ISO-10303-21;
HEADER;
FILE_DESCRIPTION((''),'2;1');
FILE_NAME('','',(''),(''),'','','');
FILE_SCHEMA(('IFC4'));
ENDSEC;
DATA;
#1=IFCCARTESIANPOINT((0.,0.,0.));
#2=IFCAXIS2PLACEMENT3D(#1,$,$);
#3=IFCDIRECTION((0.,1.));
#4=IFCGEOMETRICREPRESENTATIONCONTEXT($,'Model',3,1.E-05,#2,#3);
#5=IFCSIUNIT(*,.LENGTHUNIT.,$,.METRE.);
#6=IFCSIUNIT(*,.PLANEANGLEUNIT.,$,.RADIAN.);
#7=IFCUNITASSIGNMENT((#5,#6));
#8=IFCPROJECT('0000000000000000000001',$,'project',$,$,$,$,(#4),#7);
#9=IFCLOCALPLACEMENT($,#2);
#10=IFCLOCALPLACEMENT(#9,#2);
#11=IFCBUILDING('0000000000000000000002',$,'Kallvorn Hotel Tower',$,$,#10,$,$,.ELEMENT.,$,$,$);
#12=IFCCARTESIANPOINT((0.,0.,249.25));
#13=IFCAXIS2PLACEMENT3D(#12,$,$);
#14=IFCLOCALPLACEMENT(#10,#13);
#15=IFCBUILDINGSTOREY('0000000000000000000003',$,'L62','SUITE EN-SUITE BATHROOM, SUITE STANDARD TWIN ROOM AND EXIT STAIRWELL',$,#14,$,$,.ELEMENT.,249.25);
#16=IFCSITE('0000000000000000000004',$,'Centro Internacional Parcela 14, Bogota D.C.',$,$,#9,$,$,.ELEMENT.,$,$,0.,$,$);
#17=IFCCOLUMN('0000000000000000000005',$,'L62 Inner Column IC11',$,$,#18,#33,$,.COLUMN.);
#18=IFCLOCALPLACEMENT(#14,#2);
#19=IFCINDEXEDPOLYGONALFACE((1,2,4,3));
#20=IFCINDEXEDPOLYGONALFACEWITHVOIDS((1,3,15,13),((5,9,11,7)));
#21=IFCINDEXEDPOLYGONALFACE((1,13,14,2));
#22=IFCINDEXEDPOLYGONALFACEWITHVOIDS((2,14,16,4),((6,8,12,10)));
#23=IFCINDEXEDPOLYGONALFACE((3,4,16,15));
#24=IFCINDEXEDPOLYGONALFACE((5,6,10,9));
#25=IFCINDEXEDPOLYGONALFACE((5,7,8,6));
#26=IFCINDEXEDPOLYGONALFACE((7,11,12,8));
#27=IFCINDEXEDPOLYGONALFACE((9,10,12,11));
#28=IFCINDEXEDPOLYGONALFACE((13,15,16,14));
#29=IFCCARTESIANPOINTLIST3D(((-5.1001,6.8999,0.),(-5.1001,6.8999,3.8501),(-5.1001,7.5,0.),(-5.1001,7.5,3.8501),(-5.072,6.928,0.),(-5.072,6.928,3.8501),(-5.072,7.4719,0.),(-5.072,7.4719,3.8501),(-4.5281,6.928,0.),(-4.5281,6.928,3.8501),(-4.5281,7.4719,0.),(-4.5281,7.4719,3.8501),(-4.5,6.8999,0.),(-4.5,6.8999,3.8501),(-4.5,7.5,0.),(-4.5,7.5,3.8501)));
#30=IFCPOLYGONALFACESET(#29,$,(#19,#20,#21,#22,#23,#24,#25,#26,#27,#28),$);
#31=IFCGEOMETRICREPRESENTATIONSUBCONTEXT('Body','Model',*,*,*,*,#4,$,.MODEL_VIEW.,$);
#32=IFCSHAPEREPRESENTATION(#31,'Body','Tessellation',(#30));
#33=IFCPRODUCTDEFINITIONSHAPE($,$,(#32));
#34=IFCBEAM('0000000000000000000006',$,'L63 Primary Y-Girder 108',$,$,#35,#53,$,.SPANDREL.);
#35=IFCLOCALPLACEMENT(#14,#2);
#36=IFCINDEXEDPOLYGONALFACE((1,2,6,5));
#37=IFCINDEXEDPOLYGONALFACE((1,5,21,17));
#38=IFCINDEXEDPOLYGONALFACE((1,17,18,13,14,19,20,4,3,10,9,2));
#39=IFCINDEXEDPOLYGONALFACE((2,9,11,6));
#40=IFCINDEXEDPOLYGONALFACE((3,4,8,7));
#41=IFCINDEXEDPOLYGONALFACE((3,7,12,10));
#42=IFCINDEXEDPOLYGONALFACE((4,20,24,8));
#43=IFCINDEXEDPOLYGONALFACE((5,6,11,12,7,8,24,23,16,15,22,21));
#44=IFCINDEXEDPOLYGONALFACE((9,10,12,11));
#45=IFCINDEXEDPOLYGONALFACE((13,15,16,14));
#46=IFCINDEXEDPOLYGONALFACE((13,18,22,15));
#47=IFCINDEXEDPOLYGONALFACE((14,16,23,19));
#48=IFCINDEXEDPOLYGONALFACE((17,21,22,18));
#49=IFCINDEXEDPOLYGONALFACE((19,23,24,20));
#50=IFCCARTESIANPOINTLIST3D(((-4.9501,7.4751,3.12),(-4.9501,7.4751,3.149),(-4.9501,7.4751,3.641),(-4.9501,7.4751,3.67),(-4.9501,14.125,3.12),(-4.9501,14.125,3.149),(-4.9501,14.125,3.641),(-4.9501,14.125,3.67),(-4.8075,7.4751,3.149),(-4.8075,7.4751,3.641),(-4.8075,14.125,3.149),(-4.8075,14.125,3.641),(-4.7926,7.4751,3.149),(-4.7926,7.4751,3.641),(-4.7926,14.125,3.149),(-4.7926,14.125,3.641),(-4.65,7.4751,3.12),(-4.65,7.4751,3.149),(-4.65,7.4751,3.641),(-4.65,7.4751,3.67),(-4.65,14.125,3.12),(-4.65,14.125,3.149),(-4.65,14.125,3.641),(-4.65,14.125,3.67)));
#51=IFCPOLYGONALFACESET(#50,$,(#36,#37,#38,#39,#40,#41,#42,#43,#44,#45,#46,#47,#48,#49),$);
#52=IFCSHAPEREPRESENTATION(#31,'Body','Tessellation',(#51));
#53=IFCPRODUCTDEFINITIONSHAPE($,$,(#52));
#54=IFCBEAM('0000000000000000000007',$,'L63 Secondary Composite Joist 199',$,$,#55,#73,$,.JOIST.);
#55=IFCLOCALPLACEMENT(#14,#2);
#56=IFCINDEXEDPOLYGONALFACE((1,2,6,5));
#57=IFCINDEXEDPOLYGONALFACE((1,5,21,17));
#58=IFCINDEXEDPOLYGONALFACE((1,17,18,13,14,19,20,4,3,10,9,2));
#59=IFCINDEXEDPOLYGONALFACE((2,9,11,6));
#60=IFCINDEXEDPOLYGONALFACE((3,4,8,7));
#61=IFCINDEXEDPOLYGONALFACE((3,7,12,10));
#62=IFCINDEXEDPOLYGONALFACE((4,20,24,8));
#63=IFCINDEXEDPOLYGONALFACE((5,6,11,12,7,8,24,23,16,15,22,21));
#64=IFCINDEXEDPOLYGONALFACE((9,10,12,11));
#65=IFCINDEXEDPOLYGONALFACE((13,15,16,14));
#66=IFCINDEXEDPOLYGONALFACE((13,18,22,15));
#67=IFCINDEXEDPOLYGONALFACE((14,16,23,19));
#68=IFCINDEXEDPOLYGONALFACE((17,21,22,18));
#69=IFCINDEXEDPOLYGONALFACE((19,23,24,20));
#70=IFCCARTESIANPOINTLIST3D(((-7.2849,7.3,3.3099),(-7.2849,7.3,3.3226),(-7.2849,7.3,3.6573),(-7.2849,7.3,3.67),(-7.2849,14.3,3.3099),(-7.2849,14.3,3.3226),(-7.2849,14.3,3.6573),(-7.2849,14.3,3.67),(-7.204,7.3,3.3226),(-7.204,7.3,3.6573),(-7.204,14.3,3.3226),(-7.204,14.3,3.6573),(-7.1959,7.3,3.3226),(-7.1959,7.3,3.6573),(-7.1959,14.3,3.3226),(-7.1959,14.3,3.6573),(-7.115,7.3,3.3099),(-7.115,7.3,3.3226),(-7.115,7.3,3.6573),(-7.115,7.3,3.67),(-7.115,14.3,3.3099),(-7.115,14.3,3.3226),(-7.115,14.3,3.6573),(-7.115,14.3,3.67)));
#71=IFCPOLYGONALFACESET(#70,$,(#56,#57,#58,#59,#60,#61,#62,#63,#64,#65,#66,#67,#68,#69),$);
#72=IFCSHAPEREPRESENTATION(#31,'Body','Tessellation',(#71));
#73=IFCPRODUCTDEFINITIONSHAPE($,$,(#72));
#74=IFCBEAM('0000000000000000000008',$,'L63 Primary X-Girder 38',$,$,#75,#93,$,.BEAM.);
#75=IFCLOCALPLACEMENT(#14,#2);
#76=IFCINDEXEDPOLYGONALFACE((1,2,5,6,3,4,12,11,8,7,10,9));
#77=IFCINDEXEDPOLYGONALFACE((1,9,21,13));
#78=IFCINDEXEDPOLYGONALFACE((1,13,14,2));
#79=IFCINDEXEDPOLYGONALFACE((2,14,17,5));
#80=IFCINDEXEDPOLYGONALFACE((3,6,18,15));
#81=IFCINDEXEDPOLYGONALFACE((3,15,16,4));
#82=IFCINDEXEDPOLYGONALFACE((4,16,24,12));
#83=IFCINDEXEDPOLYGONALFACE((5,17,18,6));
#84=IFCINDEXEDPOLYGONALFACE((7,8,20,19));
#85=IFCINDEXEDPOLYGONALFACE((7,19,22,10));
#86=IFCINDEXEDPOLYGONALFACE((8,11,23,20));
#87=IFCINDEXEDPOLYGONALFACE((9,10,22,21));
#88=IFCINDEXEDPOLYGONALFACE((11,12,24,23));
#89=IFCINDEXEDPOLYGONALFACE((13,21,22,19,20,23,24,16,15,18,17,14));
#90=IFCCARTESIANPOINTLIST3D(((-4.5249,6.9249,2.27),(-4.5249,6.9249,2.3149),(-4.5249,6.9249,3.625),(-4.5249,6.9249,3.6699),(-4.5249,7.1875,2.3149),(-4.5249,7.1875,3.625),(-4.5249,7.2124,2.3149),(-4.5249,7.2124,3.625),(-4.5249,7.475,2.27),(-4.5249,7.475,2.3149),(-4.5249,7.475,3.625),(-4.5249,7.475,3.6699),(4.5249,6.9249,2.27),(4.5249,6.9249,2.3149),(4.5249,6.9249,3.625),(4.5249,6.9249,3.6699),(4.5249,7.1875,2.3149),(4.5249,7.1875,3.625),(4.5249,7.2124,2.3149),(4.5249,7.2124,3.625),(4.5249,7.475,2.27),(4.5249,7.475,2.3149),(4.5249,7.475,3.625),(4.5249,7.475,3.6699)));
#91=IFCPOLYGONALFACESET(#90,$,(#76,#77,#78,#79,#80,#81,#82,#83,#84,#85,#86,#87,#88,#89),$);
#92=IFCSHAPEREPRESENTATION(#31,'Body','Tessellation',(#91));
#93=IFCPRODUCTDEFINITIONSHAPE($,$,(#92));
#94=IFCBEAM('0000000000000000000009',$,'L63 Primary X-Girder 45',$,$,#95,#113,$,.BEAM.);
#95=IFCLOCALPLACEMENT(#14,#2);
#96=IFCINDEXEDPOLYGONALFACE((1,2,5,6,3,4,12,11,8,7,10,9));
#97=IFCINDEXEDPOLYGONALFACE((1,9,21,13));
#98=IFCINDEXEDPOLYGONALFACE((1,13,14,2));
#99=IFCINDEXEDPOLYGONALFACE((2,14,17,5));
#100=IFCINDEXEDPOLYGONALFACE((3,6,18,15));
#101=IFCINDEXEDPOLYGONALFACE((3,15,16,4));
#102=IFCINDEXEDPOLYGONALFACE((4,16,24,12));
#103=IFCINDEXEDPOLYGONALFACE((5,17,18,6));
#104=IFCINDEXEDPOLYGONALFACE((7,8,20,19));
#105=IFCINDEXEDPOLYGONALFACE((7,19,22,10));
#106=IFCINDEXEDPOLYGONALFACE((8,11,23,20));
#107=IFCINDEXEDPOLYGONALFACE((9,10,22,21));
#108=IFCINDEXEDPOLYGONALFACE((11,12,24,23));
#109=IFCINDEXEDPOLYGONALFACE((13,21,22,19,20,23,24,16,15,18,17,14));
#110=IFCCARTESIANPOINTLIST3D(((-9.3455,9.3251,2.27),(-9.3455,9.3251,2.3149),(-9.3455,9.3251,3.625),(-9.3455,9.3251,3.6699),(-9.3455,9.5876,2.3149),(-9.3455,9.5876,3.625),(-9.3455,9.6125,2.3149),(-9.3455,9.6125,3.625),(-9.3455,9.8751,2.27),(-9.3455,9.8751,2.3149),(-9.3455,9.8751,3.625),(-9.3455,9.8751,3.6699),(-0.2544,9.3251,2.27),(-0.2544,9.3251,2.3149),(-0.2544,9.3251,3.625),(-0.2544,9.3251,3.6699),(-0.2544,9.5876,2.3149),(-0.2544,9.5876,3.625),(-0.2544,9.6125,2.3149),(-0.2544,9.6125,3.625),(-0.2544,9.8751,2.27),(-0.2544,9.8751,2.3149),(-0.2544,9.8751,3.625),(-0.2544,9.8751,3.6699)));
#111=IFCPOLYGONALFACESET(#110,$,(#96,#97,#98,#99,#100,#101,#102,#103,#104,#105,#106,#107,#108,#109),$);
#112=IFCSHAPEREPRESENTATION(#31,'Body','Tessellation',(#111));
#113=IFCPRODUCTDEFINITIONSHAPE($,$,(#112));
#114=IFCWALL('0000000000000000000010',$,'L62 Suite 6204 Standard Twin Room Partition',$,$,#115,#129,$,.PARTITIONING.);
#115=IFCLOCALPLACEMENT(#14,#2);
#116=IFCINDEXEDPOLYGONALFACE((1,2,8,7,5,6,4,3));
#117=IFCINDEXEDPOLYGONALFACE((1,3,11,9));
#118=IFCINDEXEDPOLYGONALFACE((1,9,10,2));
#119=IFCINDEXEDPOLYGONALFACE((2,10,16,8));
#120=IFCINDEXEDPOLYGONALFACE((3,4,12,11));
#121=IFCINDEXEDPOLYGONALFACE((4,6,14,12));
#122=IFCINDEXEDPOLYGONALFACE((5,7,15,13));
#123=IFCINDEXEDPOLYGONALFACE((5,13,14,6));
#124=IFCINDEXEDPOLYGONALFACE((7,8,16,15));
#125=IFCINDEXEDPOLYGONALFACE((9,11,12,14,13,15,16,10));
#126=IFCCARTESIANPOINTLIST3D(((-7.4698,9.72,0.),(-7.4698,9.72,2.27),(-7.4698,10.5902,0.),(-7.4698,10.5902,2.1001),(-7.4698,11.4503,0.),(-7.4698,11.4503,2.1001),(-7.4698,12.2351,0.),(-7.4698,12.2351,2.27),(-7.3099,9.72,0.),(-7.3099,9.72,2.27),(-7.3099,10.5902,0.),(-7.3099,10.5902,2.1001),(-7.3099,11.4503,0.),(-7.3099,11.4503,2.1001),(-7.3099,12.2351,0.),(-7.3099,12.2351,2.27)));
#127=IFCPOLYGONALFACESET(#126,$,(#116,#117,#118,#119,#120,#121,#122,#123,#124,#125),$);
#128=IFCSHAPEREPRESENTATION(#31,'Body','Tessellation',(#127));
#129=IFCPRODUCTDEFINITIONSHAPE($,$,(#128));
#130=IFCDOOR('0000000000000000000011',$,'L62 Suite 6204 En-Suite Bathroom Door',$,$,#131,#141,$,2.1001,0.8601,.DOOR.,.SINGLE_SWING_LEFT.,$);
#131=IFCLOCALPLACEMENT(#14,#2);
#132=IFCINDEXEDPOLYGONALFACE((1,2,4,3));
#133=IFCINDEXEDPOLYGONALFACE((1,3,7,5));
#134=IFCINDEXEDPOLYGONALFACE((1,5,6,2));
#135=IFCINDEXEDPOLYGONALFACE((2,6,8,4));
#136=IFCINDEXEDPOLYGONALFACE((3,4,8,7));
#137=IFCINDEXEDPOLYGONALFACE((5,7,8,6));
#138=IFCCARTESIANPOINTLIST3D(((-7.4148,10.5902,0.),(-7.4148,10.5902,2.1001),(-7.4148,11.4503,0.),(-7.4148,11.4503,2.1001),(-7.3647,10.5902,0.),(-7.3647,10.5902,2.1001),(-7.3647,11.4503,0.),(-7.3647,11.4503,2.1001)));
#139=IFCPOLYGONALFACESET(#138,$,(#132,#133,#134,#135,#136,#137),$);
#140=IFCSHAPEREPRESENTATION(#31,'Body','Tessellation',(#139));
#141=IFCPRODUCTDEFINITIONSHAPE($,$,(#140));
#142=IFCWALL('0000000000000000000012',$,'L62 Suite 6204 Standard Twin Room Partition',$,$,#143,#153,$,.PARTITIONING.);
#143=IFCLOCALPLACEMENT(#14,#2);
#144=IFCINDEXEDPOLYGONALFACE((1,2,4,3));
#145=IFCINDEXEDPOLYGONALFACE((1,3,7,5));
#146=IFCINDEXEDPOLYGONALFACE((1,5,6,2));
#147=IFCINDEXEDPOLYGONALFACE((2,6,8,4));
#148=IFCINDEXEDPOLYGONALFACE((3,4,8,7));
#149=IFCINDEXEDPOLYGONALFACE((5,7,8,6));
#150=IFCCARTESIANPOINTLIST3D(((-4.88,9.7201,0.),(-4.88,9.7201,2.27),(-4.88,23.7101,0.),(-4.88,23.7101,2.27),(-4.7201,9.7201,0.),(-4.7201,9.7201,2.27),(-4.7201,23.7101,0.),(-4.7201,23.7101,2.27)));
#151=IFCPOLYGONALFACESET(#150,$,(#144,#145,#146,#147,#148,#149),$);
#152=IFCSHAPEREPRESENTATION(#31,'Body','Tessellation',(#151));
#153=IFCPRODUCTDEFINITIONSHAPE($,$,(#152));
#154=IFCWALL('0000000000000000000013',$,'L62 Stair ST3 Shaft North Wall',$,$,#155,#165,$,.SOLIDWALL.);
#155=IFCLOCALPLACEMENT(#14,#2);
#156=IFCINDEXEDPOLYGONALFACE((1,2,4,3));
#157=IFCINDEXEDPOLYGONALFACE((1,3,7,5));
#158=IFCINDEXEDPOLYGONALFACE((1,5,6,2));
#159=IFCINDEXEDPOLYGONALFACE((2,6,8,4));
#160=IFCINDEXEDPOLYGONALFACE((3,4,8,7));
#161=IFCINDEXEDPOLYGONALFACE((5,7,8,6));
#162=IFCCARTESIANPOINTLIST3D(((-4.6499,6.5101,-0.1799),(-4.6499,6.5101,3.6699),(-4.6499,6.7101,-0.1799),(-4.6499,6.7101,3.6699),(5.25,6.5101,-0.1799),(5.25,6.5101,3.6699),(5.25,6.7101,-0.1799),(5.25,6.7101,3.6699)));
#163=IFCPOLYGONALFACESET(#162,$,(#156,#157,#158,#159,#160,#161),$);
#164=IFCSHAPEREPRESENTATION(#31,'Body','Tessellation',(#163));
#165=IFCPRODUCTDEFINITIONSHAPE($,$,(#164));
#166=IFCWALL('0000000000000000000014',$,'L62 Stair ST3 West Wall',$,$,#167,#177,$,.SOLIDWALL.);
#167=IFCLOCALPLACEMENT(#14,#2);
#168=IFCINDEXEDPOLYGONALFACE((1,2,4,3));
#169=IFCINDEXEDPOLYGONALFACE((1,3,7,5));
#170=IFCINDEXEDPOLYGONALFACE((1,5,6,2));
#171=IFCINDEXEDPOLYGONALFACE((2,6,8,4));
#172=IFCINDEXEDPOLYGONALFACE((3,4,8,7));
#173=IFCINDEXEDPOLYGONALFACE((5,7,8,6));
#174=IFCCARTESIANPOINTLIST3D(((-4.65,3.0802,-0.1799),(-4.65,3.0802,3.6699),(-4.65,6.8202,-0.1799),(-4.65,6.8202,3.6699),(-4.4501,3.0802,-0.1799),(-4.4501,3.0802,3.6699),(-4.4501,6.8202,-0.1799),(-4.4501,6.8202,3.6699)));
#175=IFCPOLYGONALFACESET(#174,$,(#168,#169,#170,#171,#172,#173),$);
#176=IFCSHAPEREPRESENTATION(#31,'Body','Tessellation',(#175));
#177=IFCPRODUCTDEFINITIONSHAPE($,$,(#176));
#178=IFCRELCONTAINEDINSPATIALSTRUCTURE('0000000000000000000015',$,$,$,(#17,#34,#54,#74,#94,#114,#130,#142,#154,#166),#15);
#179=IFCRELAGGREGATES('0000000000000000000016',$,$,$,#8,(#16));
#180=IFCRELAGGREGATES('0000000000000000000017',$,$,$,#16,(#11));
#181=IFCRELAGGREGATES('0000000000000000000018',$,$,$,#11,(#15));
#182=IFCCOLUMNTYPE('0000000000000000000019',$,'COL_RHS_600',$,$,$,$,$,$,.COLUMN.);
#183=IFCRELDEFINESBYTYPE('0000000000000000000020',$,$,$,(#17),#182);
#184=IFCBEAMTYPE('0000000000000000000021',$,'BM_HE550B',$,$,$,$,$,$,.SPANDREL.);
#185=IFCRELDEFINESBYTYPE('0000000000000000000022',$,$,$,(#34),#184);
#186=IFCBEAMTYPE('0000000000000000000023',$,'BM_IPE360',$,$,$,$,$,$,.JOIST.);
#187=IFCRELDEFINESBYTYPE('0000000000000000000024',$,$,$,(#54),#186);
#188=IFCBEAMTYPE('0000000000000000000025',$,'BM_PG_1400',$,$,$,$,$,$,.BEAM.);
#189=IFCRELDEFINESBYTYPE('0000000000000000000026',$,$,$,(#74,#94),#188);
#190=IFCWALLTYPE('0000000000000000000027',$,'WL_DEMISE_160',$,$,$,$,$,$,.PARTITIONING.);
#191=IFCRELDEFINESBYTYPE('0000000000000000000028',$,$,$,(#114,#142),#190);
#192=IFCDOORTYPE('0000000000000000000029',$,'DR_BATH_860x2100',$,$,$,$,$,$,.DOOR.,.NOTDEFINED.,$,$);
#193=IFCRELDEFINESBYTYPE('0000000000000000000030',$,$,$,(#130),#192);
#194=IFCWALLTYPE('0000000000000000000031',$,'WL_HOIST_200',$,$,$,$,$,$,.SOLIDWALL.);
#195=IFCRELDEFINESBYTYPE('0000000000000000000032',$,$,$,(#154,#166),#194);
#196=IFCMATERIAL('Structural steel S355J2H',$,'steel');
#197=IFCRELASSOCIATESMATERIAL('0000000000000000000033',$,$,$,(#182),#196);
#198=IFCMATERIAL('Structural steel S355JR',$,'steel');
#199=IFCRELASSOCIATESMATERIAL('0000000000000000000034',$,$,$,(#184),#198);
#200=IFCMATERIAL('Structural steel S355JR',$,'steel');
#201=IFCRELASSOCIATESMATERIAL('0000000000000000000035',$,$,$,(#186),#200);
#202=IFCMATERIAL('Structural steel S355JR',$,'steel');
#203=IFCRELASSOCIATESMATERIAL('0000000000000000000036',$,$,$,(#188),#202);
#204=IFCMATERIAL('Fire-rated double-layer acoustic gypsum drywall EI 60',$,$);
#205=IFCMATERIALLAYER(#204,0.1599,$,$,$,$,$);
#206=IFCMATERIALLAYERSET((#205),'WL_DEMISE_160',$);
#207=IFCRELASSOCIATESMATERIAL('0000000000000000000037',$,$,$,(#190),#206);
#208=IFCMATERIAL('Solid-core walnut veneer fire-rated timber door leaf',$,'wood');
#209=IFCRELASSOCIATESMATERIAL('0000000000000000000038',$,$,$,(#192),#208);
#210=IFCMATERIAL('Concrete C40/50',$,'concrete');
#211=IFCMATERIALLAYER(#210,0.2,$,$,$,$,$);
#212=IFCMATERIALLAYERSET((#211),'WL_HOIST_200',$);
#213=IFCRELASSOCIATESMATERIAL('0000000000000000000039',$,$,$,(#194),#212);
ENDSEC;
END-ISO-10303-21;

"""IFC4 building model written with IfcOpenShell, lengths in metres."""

from ifc_helpers import new_model, si_unit, direction, frame, frame_2d, origin, origin_2d, place, context, subcontext, project, spatial, rectangle, hollow_rectangle, i_section, extrude, material, layer, layer_set, material_profile, profile_set, type_object, element, fill, save


model = new_model("IFC4")

# Units and contexts
model_context = context("Model", 3, precision=1e-05, world=origin(), true_north=direction((0.0, 1.0)))
body_context = subcontext(model_context, "Body", "Model", "MODEL_VIEW")
ifc_project = project(units=[si_unit("LENGTHUNIT", "METRE"), si_unit("PLANEANGLEUNIT", "RADIAN")], contexts=[model_context])

# Site, building, storey
site_placement = place(None, origin())
site = spatial("IfcSite", under=ifc_project, at=site_placement, Name="Centro Internacional Parcela 14, Bogota D.C.", CompositionType="ELEMENT", RefElevation=0.0)
building_placement = place(site_placement, origin())
building = spatial("IfcBuilding", under=site, at=building_placement, Name="Kallvorn Hotel Tower", CompositionType="ELEMENT")
storey_placement = place(building_placement, frame((0.0, 0.0, 249.25)))
storey = spatial("IfcBuildingStorey", under=building, at=storey_placement, Name="L62", Description="SUITE EN-SUITE BATHROOM, SUITE STANDARD TWIN ROOM AND EXIT STAIRWELL", CompositionType="ELEMENT", Elevation=249.25)

# Column
ifc_material_1 = material(Name="Structural steel S355J2H", Category="steel")
ifc_material_profile_1 = material_profile(ifc_material_1, hollow_rectangle(XDim=0.6001, YDim=0.6001, WallThickness=0.0281, at=origin_2d()), Name="RHS 600x600x28")
ifc_profile_set_1 = profile_set([ifc_material_profile_1], Name="Structural steel S355J2H")
column_type = type_object("IfcColumnType", Name="COL_RHS_600", PredefinedType="COLUMN", material=ifc_profile_set_1)
column_placement = place(storey_placement, frame((-4.8, 7.2, 0.0), z_axis=(0.0, 0.0, 1.0), x_axis=(1.0, 0.0, 0.0)))
element("IfcColumn", 1, at=column_placement, inside=storey, type_object=column_type, Name="L62 Inner Column IC11", PredefinedType="COLUMN", context=body_context, shape_type="SweptSolid", body=[
    extrude(hollow_rectangle(XDim=0.6001, YDim=0.6001, WallThickness=0.0281, at=origin_2d()), origin(), (0.0, 0.0, 1.0), 3.8501),
])

# Beams
ifc_material_2 = material(Name="Structural steel S355JR", Category="steel")
ifc_material_profile_2 = material_profile(ifc_material_2, i_section(OverallWidth=0.3, OverallDepth=0.55, WebThickness=0.0149, FlangeThickness=0.0291, at=origin_2d()), Name="HE 550 B")
ifc_profile_set_2 = profile_set([ifc_material_profile_2], Name="Structural steel S355JR")
beam_type_1 = type_object("IfcBeamType", Name="BM_HE550B", PredefinedType="SPANDREL", material=ifc_profile_set_2)
beam_1_placement = place(storey_placement, frame((-4.8, 7.4751, 3.395), z_axis=(0.0, 1.0, 0.0), x_axis=(-1.0, 0.0, 0.0)))
element("IfcBeam", 2, at=beam_1_placement, inside=storey, type_object=beam_type_1, Name="L63 Primary Y-Girder 108", PredefinedType="SPANDREL", context=body_context, shape_type="SweptSolid", body=[
    extrude(i_section(OverallWidth=0.3, OverallDepth=0.55, WebThickness=0.0149, FlangeThickness=0.0291, at=origin_2d()), origin(), (0.0, 0.0, 1.0), 6.6499),
])
ifc_material_3 = material(Name="Structural steel S355JR", Category="steel")
ifc_material_profile_3 = material_profile(ifc_material_3, i_section(OverallWidth=0.1699, OverallDepth=0.3601, WebThickness=0.0081, FlangeThickness=0.0127, at=origin_2d()), Name="IPE 360")
ifc_profile_set_3 = profile_set([ifc_material_profile_3], Name="Structural steel S355JR")
beam_type_2 = type_object("IfcBeamType", Name="BM_IPE360", PredefinedType="JOIST", material=ifc_profile_set_3)
beam_2_placement = place(storey_placement, frame((-7.2, 7.3, 3.49), z_axis=(0.0, 1.0, 0.0), x_axis=(-1.0, 0.0, 0.0)))
element("IfcBeam", 3, at=beam_2_placement, inside=storey, type_object=beam_type_2, Name="L63 Secondary Composite Joist 199", PredefinedType="JOIST", context=body_context, shape_type="SweptSolid", body=[
    extrude(i_section(OverallWidth=0.1699, OverallDepth=0.3601, WebThickness=0.0081, FlangeThickness=0.0127, at=origin_2d()), origin(), (0.0, 0.0, 1.0), 7.0),
])
ifc_material_4 = material(Name="Structural steel S355JR", Category="steel")
ifc_material_profile_4 = material_profile(ifc_material_4, i_section(OverallWidth=0.55, OverallDepth=1.3999, WebThickness=0.0249, FlangeThickness=0.0449, at=origin_2d()), Name="PG 1400x550x25x45")
ifc_profile_set_4 = profile_set([ifc_material_profile_4], Name="Structural steel S355JR")
beam_type_3 = type_object("IfcBeamType", Name="BM_PG_1400", PredefinedType="BEAM", material=ifc_profile_set_4)
beam_3_placement = place(storey_placement, frame((-4.5249, 7.2, 2.97), z_axis=(1.0, 0.0, 0.0), x_axis=(0.0, 1.0, 0.0)))
element("IfcBeam", 4, at=beam_3_placement, inside=storey, type_object=beam_type_3, Name="L63 Primary X-Girder 38", PredefinedType="BEAM", context=body_context, shape_type="SweptSolid", body=[
    extrude(i_section(OverallWidth=0.55, OverallDepth=1.3999, WebThickness=0.0249, FlangeThickness=0.0449, at=origin_2d()), origin(), (0.0, 0.0, 1.0), 9.0498),
])
beam_4_placement = place(storey_placement, frame((-9.3455, 9.6001, 2.97), z_axis=(1.0, 0.0, 0.0), x_axis=(0.0, 1.0, 0.0)))
element("IfcBeam", 5, at=beam_4_placement, inside=storey, type_object=beam_type_3, Name="L63 Primary X-Girder 45", PredefinedType="BEAM", context=body_context, shape_type="SweptSolid", body=[
    extrude(i_section(OverallWidth=0.55, OverallDepth=1.3999, WebThickness=0.0249, FlangeThickness=0.0449, at=origin_2d()), origin(), (0.0, 0.0, 1.0), 9.0911),
])

# Wall, opening, door
ifc_material_5 = material(Name="Fire-rated double-layer acoustic gypsum drywall EI 60")
ifc_layer_1 = layer(ifc_material_5, 0.1599)
ifc_layer_set_1 = layer_set([ifc_layer_1], Name="WL_DEMISE_160")
wall_type_1 = type_object("IfcWallType", Name="WL_DEMISE_160", PredefinedType="PARTITIONING", material=ifc_layer_set_1)
wall_1_placement = place(storey_placement, frame((-7.3899, 9.72, 0.0), z_axis=(0.0, 0.0, 1.0), x_axis=(0.0, 1.0, 0.0)))
wall_1 = element("IfcWall", 6, at=wall_1_placement, inside=storey, type_object=wall_type_1, Name="L62 Suite 6204 Standard Twin Room Partition", PredefinedType="PARTITIONING", context=body_context, shape_type="SweptSolid", body=[
    extrude(rectangle(XDim=2.5151, YDim=0.1599, at=frame_2d((1.2576, 0.0))), origin(), (0.0, 0.0, 1.0), 2.27),
])
opening_1_placement = place(wall_1_placement, frame((0.8701, 0.0, 0.0)))
opening_1 = element("IfcOpeningElement", 7, at=opening_1_placement, cuts=wall_1, PredefinedType="OPENING", context=body_context, shape_type="SweptSolid", body=[
    extrude(rectangle(XDim=0.8601, YDim=2.1001, at=frame_2d((0.4302, 1.05))), frame((0.0, 0.095, 0.0), z_axis=(0.0, -1.0, 0.0), x_axis=(1.0, 0.0, 0.0)), (0.0, 0.0, 1.0), 0.1899),
])
ifc_material_6 = material(Name="Solid-core walnut veneer fire-rated timber door leaf", Category="wood")
door_type_1 = type_object("IfcDoorType", Name="DR_BATH_860x2100", OperationType="NOTDEFINED", PredefinedType="DOOR", material=ifc_material_6)
door_1_placement = place(opening_1_placement, origin())
door_1 = element("IfcDoor", 8, at=door_1_placement, inside=storey, type_object=door_type_1, Name="L62 Suite 6204 En-Suite Bathroom Door", OperationType="SINGLE_SWING_LEFT", OverallHeight=2.1001, OverallWidth=0.8601, PredefinedType="DOOR", context=body_context, shape_type="SweptSolid", body=[
    extrude(rectangle(XDim=0.8601, YDim=2.1001, at=frame_2d((0.4302, 1.05))), frame((0.0, 0.0249, 0.0), z_axis=(0.0, -1.0, 0.0), x_axis=(1.0, 0.0, 0.0)), (0.0, 0.0, 1.0), 0.05),
])
fill(opening_1, door_1)

# Walls
wall_2_placement = place(storey_placement, frame((-4.8, 9.72, 0.0), z_axis=(0.0, 0.0, 1.0), x_axis=(0.0, 1.0, 0.0)))
element("IfcWall", 9, at=wall_2_placement, inside=storey, type_object=wall_type_1, Name="L62 Suite 6204 Standard Twin Room Partition", PredefinedType="PARTITIONING", context=body_context, shape_type="SweptSolid", body=[
    extrude(rectangle(XDim=13.99, YDim=0.1599, at=frame_2d((6.9951, 0.0))), origin(), (0.0, 0.0, 1.0), 2.27),
])
ifc_material_7 = material(Name="Concrete C40/50", Category="concrete")
ifc_layer_2 = layer(ifc_material_7, 0.2)
ifc_layer_set_2 = layer_set([ifc_layer_2], Name="WL_HOIST_200")
wall_type_2 = type_object("IfcWallType", Name="WL_HOIST_200", PredefinedType="SOLIDWALL", material=ifc_layer_set_2)
wall_3_placement = place(storey_placement, frame((-4.6499, 6.6101, -0.1799), z_axis=(0.0, 0.0, 1.0), x_axis=(1.0, 0.0, 0.0)))
element("IfcWall", 10, at=wall_3_placement, inside=storey, type_object=wall_type_2, Name="L62 Stair ST3 Shaft North Wall", PredefinedType="SOLIDWALL", context=body_context, shape_type="SweptSolid", body=[
    extrude(rectangle(XDim=9.8999, YDim=0.2, at=frame_2d((4.95, 0.0))), origin(), (0.0, 0.0, 1.0), 3.8499),
])
wall_4_placement = place(storey_placement, frame((-4.55, 3.0801, -0.1799), z_axis=(0.0, 0.0, 1.0), x_axis=(0.0, 1.0, 0.0)))
element("IfcWall", 11, at=wall_4_placement, inside=storey, type_object=wall_type_2, Name="L62 Stair ST3 West Wall", PredefinedType="SOLIDWALL", context=body_context, shape_type="SweptSolid", body=[
    extrude(rectangle(XDim=3.74, YDim=0.2, at=frame_2d((1.8701, 0.0))), origin(), (0.0, 0.0, 1.0), 3.8499),
])

save(model, "model.ifc")
